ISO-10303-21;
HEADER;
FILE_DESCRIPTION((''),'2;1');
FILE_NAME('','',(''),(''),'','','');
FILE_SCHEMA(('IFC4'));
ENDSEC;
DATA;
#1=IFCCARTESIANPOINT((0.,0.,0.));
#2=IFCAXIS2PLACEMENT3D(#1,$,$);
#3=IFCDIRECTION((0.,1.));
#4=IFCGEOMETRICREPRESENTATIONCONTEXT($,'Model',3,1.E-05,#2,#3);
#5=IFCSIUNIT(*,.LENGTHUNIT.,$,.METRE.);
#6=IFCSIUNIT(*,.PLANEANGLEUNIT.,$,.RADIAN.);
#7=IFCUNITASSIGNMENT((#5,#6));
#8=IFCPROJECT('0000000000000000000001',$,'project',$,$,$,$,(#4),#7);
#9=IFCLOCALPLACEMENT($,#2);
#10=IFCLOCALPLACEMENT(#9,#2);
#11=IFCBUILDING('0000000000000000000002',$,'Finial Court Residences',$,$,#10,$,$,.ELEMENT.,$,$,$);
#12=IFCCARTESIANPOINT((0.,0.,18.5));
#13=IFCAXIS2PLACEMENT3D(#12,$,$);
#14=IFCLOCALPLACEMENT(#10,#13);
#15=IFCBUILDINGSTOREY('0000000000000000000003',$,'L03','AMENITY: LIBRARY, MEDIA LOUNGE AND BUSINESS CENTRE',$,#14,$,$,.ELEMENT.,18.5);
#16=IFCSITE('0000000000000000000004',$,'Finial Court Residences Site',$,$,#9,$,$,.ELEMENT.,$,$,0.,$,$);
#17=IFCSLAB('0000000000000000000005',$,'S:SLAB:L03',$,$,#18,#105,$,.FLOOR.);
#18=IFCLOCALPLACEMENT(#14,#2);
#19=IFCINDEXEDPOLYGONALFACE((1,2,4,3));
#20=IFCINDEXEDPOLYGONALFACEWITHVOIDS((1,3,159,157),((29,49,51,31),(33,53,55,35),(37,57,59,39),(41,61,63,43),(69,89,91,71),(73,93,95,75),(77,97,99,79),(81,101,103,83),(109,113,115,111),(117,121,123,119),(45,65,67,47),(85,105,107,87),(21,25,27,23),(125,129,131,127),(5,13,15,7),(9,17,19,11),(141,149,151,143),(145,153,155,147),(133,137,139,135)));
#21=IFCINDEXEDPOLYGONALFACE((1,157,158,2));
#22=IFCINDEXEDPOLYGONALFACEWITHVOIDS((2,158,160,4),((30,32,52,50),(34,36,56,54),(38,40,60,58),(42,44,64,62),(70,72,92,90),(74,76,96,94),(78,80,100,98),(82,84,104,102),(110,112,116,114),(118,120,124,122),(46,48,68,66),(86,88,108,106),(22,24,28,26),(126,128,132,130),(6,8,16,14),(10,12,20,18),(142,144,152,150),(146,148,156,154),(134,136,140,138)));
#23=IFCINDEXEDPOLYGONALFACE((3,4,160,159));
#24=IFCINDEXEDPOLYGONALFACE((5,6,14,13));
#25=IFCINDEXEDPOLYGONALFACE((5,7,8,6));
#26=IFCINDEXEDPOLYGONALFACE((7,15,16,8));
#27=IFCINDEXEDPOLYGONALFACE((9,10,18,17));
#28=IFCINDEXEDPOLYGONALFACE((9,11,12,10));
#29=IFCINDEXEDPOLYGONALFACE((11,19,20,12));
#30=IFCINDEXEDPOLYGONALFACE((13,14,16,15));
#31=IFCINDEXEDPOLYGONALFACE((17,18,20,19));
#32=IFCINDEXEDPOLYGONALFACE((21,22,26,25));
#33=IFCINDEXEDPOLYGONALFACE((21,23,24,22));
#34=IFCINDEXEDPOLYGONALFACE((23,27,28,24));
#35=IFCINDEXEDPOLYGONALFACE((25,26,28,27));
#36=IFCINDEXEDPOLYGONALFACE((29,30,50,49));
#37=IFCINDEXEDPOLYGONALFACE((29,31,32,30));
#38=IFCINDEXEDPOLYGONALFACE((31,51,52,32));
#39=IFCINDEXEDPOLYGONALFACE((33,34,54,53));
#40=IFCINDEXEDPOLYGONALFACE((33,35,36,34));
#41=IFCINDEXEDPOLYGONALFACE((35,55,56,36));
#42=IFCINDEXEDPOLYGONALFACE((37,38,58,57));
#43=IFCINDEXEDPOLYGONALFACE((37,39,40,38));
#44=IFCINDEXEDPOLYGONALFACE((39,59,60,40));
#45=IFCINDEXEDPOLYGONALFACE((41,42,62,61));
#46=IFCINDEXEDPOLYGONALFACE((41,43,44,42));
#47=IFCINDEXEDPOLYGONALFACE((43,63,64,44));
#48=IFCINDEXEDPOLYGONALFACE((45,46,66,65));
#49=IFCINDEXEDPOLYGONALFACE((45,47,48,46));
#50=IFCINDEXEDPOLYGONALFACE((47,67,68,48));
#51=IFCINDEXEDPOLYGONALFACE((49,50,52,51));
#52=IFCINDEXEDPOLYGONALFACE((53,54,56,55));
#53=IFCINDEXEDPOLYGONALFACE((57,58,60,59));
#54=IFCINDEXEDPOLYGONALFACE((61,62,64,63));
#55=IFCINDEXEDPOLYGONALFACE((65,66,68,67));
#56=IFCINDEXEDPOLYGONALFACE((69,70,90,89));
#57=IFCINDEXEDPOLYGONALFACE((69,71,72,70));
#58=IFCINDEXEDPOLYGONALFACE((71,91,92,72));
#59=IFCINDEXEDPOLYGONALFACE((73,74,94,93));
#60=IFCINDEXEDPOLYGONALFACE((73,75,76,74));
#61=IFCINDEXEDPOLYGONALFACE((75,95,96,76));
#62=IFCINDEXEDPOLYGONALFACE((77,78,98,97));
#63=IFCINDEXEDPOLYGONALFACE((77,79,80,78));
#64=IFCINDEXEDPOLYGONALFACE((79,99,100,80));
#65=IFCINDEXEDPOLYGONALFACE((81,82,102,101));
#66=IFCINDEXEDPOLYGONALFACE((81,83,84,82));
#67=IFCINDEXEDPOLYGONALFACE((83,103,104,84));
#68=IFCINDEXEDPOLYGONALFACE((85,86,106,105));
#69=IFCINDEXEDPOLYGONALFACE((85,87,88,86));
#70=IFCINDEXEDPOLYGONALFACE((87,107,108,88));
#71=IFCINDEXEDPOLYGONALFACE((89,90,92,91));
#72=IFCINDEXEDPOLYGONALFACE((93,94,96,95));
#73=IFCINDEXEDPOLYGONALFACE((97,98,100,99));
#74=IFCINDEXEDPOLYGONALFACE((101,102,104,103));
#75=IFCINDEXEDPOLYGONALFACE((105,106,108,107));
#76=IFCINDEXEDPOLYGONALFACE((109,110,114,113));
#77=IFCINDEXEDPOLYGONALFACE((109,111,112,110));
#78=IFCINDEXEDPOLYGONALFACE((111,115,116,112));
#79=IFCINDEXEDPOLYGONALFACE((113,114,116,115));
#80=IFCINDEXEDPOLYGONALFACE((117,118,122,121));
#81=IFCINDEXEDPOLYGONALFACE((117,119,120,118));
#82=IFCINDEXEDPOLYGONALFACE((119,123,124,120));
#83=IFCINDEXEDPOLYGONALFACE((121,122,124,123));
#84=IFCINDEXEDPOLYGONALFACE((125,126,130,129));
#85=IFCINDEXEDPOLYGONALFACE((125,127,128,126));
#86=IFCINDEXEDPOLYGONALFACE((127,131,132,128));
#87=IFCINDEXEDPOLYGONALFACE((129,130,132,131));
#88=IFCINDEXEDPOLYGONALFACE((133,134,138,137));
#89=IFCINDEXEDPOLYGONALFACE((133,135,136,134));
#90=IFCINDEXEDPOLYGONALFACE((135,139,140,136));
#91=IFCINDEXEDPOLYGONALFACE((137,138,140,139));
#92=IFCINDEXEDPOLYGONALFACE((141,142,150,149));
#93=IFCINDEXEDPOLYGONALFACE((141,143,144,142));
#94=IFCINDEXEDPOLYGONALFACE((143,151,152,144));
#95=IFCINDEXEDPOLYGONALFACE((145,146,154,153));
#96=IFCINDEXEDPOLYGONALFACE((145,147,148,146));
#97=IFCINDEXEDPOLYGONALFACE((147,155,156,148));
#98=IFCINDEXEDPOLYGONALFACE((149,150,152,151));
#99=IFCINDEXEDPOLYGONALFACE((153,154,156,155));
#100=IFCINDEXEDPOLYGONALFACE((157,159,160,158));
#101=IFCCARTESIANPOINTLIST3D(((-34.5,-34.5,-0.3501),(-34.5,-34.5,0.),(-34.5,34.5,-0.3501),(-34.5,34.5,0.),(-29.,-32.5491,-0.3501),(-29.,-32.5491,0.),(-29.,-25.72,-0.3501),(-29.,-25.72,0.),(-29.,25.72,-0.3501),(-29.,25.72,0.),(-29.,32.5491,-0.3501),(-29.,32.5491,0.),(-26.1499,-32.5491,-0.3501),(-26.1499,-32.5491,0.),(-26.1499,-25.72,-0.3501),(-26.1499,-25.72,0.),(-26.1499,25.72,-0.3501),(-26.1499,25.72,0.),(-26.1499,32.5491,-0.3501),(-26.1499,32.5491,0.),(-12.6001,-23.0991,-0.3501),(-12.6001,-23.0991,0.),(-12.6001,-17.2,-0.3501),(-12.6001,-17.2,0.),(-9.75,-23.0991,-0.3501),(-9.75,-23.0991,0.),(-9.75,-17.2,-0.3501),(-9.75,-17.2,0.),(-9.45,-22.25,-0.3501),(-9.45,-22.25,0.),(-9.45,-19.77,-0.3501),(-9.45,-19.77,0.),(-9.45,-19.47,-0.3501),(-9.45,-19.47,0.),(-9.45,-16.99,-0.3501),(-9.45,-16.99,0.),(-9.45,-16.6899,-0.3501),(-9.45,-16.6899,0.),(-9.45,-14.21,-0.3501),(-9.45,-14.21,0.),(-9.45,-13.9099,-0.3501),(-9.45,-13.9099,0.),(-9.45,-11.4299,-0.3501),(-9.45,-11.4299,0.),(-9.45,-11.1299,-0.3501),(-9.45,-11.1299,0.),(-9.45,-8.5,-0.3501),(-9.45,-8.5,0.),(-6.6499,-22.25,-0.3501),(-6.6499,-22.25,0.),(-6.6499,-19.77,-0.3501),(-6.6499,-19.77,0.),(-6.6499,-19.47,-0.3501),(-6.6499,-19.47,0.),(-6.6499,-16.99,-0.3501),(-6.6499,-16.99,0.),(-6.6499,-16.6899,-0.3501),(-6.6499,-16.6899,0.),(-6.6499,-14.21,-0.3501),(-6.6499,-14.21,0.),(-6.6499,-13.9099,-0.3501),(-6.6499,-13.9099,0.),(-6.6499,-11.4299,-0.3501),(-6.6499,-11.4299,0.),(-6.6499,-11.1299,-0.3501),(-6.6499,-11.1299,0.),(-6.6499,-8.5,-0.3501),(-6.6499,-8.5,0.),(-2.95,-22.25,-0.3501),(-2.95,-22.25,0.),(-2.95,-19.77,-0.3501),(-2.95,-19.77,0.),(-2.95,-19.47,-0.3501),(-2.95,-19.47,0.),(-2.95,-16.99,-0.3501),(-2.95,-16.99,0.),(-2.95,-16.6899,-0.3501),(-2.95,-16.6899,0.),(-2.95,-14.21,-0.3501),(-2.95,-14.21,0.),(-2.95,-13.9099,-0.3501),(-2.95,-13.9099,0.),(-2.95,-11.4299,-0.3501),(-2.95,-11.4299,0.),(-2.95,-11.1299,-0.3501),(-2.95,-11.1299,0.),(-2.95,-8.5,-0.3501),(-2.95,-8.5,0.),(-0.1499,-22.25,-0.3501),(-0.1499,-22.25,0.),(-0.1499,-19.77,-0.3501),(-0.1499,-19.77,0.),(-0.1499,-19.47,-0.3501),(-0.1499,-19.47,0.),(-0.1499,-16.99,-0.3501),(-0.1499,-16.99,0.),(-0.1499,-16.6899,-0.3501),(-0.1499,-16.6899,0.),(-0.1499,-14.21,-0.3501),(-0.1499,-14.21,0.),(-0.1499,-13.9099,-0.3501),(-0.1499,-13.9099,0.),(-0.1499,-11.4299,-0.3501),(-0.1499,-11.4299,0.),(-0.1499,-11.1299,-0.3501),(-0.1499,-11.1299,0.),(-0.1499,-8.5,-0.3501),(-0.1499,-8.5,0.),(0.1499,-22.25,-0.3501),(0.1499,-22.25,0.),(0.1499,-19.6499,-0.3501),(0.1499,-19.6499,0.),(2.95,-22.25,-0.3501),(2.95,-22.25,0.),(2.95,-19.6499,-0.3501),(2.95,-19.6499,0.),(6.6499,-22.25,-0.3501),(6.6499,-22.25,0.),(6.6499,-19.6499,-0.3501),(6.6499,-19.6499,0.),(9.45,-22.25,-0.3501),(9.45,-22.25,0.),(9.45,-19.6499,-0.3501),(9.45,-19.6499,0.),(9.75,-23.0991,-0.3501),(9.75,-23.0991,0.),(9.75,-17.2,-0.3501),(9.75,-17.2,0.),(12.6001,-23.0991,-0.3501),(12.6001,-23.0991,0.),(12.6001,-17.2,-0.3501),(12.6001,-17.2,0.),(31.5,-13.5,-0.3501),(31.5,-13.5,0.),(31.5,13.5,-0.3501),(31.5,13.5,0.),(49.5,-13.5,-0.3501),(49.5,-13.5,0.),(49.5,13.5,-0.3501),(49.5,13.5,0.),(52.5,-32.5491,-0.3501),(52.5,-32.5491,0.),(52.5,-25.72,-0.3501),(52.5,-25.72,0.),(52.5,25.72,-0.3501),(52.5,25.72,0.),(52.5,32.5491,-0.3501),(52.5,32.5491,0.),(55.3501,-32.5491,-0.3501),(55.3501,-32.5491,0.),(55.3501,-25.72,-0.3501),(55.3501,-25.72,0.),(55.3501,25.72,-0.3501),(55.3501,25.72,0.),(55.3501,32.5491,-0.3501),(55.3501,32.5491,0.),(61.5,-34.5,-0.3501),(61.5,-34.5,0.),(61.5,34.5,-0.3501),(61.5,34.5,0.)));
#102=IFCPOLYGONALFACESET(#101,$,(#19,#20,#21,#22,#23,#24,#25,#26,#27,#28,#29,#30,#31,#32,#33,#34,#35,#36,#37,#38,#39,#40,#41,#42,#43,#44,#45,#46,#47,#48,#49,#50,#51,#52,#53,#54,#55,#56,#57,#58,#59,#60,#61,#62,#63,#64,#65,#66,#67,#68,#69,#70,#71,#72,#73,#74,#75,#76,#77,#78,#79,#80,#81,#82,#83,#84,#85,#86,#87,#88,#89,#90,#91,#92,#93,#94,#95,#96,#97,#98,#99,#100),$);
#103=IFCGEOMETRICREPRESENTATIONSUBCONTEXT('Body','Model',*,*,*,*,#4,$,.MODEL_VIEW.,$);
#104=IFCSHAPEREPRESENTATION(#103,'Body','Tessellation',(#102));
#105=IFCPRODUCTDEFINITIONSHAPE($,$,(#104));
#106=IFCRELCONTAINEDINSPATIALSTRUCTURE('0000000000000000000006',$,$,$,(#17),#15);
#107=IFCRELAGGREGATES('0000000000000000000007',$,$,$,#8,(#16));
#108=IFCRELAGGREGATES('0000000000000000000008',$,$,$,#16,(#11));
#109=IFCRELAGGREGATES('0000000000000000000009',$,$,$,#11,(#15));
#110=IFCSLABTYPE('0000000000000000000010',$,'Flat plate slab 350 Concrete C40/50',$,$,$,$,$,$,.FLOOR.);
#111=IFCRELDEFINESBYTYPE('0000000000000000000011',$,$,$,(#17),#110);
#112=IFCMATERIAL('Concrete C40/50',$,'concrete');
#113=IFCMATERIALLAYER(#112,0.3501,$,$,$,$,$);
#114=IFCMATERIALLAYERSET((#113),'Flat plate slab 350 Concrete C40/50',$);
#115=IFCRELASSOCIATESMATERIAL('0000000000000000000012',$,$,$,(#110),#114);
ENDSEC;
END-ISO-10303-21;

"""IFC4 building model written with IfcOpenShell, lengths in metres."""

from ifc_helpers import new_model, si_unit, direction, frame, origin, place, context, subcontext, project, spatial, polyline, outline, extrude, material, layer, layer_set, type_object, element, save


model = new_model("IFC4")

# Units and contexts
model_context = context("Model", 3, precision=1e-05, world=origin(), true_north=direction((0.0, 1.0)))
body_context = subcontext(model_context, "Body", "Model", "MODEL_VIEW")
ifc_project = project(units=[si_unit("LENGTHUNIT", "METRE"), si_unit("PLANEANGLEUNIT", "RADIAN")], contexts=[model_context])

# Site, building, storey
site_placement = place(None, origin())
site = spatial("IfcSite", under=ifc_project, at=site_placement, Name="Finial Court Residences Site", CompositionType="ELEMENT", RefElevation=0.0)
building_placement = place(site_placement, origin())
building = spatial("IfcBuilding", under=site, at=building_placement, Name="Finial Court Residences", CompositionType="ELEMENT")
storey_placement = place(building_placement, frame((0.0, 0.0, 18.5)))
storey = spatial("IfcBuildingStorey", under=building, at=storey_placement, Name="L03", Description="AMENITY: LIBRARY, MEDIA LOUNGE AND BUSINESS CENTRE", CompositionType="ELEMENT", Elevation=18.5)

# Slab
ifc_material_1 = material(Name="Concrete C40/50", Category="concrete")
ifc_layer_1 = layer(ifc_material_1, 0.3501)
ifc_layer_set_1 = layer_set([ifc_layer_1], Name="Flat plate slab 350 Concrete C40/50")
slab_type_1 = type_object("IfcSlabType", Name="Flat plate slab 350 Concrete C40/50", PredefinedType="FLOOR", material=ifc_layer_set_1)
slab_1_placement = place(storey_placement, frame((0.0, 0.0, -0.3501)))
element("IfcSlab", 1, at=slab_1_placement, inside=storey, type_object=slab_type_1, Name="S:SLAB:L03", PredefinedType="FLOOR", context=body_context, shape_type="SweptSolid", body=[
    extrude(outline(polyline([(-34.5, 34.5), (61.5, 34.5), (61.5, -34.5), (-34.5, -34.5), (-34.5, 34.5)]), holes=[polyline([(31.5, 13.5), (31.5, -13.5), (49.5, -13.5), (49.5, 13.5), (31.5, 13.5)]), polyline([(-26.1499, -25.72), (-29.0, -25.72), (-29.0, -32.5491), (-26.1499, -32.5491), (-26.1499, -25.72)]), polyline([(-6.6499, -22.25), (-6.6499, -19.77), (-9.45, -19.77), (-9.45, -22.25), (-6.6499, -22.25)]), polyline([(-9.75, -17.2), (-12.6001, -17.2), (-12.6001, -23.0991), (-9.75, -23.0991), (-9.75, -17.2)]), polyline([(-6.6499, -19.47), (-6.6499, -16.99), (-9.45, -16.99), (-9.45, -19.47), (-6.6499, -19.47)]), polyline([(-6.6499, -16.6899), (-6.6499, -14.21), (-9.45, -14.21), (-9.45, -16.6899), (-6.6499, -16.6899)]), polyline([(-0.1499, -16.6899), (-0.1499, -14.21), (-2.95, -14.21), (-2.95, -16.6899), (-0.1499, -16.6899)]), polyline([(-6.6499, -13.9099), (-6.6499, -11.4299), (-9.45, -11.4299), (-9.45, -13.9099), (-6.6499, -13.9099)]), polyline([(-9.45, -11.1299), (-6.6499, -11.1299), (-6.6499, -8.5), (-9.45, -8.5), (-9.45, -11.1299)]), polyline([(-26.1499, 25.72), (-26.1499, 32.5491), (-29.0, 32.5491), (-29.0, 25.72), (-26.1499, 25.72)]), polyline([(55.3501, -25.72), (52.5, -25.72), (52.5, -32.5491), (55.3501, -32.5491), (55.3501, -25.72)]), polyline([(-0.1499, -22.25), (-0.1499, -19.77), (-2.95, -19.77), (-2.95, -22.25), (-0.1499, -22.25)]), polyline([(2.95, -22.25), (2.95, -19.6499), (0.1499, -19.6499), (0.1499, -22.25), (2.95, -22.25)]), polyline([(9.45, -22.25), (9.45, -19.6499), (6.6499, -19.6499), (6.6499, -22.25), (9.45, -22.25)]), polyline([(12.6001, -17.2), (9.75, -17.2), (9.75, -23.0991), (12.6001, -23.0991), (12.6001, -17.2)]), polyline([(-0.1499, -19.47), (-0.1499, -16.99), (-2.95, -16.99), (-2.95, -19.47), (-0.1499, -19.47)]), polyline([(-0.1499, -13.9099), (-0.1499, -11.4299), (-2.95, -11.4299), (-2.95, -13.9099), (-0.1499, -13.9099)]), polyline([(-2.95, -11.1299), (-0.1499, -11.1299), (-0.1499, -8.5), (-2.95, -8.5), (-2.95, -11.1299)]), polyline([(55.3501, 25.72), (55.3501, 32.5491), (52.5, 32.5491), (52.5, 25.72), (55.3501, 25.72)])]), origin(), (0.0, 0.0, 1.0), 0.3501),
])

save(model, "model.ifc")
